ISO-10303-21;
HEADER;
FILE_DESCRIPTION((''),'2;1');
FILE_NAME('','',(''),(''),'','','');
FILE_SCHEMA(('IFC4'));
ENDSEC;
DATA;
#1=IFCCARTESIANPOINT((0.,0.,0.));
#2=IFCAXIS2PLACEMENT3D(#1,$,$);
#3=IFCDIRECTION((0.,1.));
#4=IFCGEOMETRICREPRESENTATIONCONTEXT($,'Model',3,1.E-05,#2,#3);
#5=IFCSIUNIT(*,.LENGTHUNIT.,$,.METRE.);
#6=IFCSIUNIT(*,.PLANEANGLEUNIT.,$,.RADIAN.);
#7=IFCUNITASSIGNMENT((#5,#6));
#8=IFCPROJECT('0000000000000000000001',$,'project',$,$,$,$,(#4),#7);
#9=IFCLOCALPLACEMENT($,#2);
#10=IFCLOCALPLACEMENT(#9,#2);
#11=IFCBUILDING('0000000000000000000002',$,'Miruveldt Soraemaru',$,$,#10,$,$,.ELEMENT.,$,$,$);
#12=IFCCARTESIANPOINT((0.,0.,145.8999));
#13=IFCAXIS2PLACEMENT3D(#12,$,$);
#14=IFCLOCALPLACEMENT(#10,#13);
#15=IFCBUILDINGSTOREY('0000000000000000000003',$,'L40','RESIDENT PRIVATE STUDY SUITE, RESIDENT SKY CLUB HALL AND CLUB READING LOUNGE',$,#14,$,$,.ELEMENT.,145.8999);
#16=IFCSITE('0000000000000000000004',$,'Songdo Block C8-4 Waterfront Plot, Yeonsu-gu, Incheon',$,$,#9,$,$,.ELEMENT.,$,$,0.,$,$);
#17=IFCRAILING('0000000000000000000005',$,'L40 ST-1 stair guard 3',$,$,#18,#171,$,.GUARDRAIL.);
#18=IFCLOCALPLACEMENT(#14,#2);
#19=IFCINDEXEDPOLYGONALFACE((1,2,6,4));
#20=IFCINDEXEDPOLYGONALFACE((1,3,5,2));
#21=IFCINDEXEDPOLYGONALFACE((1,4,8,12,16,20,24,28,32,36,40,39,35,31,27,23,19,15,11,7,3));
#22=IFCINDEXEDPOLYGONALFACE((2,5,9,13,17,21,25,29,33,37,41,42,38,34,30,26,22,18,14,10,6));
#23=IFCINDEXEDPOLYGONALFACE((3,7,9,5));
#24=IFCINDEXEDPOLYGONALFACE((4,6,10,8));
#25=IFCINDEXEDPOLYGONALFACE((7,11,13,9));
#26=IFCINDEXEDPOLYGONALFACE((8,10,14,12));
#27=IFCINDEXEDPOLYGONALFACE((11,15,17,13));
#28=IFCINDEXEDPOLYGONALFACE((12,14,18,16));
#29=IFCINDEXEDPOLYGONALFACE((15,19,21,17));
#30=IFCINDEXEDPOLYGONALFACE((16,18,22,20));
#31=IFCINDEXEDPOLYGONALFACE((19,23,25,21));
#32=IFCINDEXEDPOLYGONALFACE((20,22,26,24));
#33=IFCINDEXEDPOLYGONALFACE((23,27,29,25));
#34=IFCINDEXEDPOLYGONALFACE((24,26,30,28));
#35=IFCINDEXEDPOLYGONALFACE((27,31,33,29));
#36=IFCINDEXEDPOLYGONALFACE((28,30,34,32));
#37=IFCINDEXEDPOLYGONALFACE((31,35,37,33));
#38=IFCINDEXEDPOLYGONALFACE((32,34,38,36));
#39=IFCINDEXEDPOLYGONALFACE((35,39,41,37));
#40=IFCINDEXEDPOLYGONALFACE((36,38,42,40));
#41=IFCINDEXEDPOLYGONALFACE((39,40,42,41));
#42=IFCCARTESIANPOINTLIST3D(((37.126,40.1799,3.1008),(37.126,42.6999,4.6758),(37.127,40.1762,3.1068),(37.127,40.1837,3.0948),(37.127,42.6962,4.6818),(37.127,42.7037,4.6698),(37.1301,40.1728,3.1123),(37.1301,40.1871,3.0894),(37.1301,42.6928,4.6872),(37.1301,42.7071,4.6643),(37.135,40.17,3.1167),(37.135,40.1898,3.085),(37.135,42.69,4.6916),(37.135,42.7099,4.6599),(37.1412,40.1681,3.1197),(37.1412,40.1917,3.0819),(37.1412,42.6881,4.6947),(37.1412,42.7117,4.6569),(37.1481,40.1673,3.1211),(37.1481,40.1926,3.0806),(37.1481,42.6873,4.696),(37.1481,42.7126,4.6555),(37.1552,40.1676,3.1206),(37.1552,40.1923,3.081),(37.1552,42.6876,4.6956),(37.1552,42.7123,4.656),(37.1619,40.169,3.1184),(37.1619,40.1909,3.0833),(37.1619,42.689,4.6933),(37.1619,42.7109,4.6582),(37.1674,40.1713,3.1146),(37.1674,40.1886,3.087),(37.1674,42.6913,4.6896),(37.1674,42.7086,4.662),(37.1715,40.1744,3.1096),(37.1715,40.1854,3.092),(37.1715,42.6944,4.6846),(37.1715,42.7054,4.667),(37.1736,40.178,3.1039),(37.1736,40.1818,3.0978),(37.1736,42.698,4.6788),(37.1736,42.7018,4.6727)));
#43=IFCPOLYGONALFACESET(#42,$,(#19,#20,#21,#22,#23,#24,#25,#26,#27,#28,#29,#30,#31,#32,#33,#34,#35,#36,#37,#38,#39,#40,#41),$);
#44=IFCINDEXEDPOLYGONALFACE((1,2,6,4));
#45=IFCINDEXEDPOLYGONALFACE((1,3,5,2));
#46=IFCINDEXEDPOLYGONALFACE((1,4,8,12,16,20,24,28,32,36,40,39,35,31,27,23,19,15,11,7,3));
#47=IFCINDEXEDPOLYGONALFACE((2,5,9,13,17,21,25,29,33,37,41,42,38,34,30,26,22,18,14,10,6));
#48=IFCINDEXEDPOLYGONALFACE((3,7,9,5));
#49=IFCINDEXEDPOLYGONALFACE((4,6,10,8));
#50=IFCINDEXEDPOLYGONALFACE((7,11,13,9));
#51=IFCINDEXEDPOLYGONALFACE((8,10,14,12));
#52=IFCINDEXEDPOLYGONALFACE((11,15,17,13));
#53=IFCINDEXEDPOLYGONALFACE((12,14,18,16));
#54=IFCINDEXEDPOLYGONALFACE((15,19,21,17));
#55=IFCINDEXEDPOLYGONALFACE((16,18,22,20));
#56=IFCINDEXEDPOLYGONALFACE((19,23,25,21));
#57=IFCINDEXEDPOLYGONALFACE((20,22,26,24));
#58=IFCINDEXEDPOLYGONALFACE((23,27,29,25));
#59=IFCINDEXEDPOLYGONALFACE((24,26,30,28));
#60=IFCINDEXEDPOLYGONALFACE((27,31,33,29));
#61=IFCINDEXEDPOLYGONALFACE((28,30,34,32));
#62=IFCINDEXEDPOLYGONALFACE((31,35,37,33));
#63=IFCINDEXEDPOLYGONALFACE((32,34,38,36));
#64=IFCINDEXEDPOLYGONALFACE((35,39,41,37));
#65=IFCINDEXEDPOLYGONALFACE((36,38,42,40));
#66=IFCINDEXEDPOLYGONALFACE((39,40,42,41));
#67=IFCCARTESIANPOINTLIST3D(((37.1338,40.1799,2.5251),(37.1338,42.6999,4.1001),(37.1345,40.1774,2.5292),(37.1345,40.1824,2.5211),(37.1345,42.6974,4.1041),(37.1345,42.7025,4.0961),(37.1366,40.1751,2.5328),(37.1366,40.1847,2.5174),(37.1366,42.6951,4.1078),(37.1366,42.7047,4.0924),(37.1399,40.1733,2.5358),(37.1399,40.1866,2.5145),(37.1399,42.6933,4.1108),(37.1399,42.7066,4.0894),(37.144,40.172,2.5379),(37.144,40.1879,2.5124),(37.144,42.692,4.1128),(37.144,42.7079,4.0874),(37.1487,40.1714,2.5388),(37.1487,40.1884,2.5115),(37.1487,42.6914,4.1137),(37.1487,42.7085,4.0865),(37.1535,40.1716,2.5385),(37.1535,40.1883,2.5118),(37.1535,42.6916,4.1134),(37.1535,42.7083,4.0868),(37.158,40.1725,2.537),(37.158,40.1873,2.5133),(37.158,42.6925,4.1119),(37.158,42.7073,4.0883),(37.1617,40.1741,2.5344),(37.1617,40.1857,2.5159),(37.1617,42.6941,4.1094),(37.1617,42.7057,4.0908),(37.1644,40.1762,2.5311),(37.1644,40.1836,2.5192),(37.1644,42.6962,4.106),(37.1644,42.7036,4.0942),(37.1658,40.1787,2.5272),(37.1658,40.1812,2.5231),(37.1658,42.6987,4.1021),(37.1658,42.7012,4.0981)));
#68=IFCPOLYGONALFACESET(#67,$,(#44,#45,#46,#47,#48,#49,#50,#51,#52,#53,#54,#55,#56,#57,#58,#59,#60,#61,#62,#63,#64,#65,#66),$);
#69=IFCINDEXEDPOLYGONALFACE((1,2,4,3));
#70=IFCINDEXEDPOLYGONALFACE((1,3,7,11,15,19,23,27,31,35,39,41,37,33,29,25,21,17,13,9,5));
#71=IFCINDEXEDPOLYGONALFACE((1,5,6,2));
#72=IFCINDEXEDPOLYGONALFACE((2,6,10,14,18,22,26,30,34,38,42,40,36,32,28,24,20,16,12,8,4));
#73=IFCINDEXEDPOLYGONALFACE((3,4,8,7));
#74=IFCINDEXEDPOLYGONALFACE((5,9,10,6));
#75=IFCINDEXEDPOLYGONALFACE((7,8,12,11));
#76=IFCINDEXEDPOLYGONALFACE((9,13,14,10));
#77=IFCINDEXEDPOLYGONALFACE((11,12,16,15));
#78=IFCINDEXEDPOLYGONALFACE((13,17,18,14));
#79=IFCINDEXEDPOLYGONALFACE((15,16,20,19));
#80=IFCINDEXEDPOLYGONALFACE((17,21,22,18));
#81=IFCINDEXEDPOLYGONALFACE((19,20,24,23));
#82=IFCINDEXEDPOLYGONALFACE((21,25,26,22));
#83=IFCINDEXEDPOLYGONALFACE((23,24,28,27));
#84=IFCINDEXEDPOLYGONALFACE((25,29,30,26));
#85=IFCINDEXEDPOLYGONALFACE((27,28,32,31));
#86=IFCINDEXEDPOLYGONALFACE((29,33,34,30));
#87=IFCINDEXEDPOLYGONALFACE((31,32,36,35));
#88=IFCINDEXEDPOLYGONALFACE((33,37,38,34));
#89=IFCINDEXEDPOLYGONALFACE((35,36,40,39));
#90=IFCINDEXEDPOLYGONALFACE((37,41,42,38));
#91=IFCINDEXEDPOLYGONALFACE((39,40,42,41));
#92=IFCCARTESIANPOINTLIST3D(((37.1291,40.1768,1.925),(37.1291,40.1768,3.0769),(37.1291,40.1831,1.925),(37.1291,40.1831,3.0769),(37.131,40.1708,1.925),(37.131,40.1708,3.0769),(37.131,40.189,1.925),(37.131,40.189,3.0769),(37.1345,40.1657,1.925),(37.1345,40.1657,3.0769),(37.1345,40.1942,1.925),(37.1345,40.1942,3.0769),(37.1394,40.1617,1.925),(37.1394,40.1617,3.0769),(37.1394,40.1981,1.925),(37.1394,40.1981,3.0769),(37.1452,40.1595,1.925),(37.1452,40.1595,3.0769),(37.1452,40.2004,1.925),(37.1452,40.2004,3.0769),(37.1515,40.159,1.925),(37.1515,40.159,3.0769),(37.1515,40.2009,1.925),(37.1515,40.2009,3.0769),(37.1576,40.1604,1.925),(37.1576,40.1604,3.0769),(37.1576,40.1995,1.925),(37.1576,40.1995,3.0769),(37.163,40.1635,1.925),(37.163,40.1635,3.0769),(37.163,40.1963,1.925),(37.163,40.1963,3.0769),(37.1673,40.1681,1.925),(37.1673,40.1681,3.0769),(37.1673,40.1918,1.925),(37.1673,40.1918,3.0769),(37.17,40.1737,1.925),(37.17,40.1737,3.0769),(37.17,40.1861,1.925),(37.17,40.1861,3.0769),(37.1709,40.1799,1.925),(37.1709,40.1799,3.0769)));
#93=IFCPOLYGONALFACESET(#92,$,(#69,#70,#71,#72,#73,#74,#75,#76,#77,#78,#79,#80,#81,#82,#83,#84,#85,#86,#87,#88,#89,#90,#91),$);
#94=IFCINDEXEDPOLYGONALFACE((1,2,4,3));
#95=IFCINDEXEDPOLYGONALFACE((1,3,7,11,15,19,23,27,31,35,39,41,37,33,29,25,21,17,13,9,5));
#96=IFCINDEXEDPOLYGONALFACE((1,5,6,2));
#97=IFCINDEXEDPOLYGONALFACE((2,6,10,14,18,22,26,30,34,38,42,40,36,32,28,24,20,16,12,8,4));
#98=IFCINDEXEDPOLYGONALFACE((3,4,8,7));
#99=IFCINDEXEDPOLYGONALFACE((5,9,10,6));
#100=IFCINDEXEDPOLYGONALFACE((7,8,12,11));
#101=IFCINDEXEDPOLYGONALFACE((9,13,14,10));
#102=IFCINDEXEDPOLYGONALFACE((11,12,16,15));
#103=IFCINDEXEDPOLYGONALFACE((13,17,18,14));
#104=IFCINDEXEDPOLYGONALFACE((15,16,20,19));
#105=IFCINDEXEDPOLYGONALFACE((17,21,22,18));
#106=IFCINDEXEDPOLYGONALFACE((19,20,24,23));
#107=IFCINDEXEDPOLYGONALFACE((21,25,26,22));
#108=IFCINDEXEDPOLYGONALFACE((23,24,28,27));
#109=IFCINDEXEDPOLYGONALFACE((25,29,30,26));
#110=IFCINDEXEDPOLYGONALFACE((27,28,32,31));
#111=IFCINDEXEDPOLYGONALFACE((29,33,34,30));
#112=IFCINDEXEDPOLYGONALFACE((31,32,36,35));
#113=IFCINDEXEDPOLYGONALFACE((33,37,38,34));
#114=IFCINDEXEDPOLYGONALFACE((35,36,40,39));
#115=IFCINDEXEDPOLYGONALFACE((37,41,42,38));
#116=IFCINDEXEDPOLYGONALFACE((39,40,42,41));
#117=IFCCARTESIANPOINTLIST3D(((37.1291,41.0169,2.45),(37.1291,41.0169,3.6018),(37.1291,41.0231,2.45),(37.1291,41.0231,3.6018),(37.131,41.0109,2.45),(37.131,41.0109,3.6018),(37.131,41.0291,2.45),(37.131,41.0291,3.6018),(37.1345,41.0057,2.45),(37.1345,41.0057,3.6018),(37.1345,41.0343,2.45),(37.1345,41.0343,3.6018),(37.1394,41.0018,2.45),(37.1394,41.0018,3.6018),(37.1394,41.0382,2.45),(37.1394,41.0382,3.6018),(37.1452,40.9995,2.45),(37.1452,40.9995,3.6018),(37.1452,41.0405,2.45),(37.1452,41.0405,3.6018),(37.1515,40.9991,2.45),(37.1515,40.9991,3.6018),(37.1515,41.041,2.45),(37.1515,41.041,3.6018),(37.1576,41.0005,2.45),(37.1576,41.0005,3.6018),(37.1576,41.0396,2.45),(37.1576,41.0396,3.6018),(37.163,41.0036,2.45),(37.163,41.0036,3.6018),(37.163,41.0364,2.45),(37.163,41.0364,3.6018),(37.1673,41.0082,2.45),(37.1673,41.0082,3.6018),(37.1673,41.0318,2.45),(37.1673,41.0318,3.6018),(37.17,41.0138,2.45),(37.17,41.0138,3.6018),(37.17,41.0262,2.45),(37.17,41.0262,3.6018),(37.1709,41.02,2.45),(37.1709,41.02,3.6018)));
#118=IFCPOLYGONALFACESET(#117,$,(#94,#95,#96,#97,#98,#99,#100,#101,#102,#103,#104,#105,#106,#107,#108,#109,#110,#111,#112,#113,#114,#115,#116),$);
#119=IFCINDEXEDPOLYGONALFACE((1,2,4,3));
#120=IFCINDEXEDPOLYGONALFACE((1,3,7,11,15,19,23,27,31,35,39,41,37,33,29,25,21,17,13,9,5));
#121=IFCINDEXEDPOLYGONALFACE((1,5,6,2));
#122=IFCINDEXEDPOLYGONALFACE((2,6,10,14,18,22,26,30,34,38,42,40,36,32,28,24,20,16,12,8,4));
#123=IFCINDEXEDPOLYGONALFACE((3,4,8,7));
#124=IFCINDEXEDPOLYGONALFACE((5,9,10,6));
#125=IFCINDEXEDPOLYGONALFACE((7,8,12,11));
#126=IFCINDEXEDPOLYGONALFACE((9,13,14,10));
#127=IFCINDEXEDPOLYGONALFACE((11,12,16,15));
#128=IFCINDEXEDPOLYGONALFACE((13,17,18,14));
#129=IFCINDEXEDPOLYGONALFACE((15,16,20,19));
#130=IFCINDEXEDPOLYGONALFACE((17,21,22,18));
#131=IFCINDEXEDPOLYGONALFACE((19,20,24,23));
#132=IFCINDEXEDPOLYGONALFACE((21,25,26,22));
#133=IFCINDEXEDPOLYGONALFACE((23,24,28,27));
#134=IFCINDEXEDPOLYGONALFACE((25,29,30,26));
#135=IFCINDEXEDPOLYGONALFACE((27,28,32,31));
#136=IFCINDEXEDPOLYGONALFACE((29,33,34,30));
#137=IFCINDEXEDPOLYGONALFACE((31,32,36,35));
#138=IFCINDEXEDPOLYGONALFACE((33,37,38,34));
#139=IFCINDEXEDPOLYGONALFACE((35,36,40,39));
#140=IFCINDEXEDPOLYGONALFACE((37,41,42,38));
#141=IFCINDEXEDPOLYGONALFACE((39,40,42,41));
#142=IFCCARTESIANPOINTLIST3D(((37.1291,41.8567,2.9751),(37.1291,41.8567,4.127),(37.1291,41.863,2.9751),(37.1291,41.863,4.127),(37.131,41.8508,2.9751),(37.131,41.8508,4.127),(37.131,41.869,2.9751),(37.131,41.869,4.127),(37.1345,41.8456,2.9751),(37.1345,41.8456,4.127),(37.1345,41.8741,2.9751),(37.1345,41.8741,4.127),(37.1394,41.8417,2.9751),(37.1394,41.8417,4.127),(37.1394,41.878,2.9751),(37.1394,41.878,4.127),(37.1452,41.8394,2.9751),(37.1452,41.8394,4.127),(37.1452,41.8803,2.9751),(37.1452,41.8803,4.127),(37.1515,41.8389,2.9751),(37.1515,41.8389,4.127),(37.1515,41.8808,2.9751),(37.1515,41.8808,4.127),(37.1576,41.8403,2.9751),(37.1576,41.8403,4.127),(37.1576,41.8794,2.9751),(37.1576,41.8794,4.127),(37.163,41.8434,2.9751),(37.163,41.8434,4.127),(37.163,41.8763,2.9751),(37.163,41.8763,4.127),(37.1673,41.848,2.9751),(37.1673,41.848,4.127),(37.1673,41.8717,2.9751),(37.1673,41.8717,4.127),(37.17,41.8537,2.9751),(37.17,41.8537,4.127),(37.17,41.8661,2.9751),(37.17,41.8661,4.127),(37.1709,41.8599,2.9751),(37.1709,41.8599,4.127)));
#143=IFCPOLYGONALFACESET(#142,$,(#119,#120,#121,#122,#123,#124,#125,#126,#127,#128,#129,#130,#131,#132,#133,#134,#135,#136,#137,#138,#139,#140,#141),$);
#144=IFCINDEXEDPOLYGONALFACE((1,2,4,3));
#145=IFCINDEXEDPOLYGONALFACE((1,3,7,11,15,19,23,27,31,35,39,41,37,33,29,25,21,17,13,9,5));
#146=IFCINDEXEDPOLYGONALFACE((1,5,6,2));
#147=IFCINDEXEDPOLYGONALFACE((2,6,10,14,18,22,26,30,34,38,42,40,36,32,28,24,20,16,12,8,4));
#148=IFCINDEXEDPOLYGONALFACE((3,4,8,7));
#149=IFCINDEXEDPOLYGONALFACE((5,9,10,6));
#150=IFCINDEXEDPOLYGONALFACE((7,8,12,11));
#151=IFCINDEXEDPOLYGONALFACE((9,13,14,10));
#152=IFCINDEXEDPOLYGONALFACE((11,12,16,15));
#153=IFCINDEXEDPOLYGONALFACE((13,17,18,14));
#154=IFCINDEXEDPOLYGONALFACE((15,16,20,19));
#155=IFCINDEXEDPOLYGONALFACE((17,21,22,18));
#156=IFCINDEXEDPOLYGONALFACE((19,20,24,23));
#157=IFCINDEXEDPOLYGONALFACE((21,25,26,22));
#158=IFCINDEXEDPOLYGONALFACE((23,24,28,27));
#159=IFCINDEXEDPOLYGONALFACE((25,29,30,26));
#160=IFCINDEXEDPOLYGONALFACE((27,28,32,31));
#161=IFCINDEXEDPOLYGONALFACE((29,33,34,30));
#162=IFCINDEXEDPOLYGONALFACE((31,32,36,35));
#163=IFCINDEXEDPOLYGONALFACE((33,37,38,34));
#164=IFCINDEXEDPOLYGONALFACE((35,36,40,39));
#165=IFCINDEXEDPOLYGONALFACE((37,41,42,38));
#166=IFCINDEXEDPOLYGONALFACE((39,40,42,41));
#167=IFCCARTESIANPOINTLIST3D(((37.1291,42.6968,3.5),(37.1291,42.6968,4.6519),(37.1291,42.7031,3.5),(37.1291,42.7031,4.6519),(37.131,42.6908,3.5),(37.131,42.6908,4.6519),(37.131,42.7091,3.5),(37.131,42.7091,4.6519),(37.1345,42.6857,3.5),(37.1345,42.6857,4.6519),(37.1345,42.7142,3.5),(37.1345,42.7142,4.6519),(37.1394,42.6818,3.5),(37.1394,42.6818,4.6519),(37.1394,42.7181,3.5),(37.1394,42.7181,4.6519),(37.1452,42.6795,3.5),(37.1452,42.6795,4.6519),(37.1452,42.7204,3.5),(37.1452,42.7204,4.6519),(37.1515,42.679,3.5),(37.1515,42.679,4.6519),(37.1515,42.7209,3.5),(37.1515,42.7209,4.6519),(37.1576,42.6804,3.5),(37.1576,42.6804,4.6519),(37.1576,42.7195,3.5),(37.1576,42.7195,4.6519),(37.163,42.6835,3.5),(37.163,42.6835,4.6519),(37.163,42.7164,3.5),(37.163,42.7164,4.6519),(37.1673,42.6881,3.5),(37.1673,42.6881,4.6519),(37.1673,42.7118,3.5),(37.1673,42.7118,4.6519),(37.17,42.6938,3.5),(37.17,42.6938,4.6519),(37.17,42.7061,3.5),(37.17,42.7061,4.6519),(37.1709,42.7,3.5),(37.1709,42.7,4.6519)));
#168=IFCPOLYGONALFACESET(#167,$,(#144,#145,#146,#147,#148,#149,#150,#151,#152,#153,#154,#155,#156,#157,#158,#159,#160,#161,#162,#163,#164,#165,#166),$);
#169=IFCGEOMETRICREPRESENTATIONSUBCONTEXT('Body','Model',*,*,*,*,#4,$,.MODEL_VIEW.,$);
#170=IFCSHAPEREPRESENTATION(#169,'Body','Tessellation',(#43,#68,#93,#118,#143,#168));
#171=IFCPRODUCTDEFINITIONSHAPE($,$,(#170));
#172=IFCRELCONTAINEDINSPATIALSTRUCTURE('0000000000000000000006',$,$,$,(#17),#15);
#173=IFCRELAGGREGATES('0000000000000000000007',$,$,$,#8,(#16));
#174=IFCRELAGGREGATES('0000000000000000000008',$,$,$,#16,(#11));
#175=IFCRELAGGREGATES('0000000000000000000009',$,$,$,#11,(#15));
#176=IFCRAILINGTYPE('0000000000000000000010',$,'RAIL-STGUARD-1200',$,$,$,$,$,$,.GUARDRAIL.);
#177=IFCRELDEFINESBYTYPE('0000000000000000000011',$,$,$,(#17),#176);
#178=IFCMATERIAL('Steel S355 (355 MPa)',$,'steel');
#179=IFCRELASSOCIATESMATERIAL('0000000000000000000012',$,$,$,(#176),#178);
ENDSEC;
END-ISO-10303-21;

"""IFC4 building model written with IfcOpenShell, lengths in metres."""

from ifc_helpers import new_model, si_unit, direction, frame, origin, origin_2d, place, context, subcontext, project, spatial, circle, extrude, material, type_object, element, save


model = new_model("IFC4")

# Units and contexts
model_context = context("Model", 3, precision=1e-05, world=origin(), true_north=direction((0.0, 1.0)))
body_context = subcontext(model_context, "Body", "Model", "MODEL_VIEW")
ifc_project = project(units=[si_unit("LENGTHUNIT", "METRE"), si_unit("PLANEANGLEUNIT", "RADIAN")], contexts=[model_context])

# Site, building, storey
site_placement = place(None, origin())
site = spatial("IfcSite", under=ifc_project, at=site_placement, Name="Songdo Block C8-4 Waterfront Plot, Yeonsu-gu, Incheon", CompositionType="ELEMENT", RefElevation=0.0)
building_placement = place(site_placement, origin())
building = spatial("IfcBuilding", under=site, at=building_placement, Name="Miruveldt Soraemaru", CompositionType="ELEMENT")
storey_placement = place(building_placement, frame((0.0, 0.0, 145.8999)))
storey = spatial("IfcBuildingStorey", under=building, at=storey_placement, Name="L40", Description="RESIDENT PRIVATE STUDY SUITE, RESIDENT SKY CLUB HALL AND CLUB READING LOUNGE", CompositionType="ELEMENT", Elevation=145.8999)

# Railing
ifc_material_1 = material(Name="Steel S355 (355 MPa)", Category="steel")
railing_type_1 = type_object("IfcRailingType", Name="RAIL-STGUARD-1200", PredefinedType="GUARDRAIL", material=ifc_material_1)
railing_1_placement = place(storey_placement, frame((37.1499, 40.1799, 1.925)))
element("IfcRailing", 1, at=railing_1_placement, inside=storey, type_object=railing_type_1, Name="L40 ST-1 stair guard 3", PredefinedType="GUARDRAIL", context=body_context, shape_type="SweptSolid", body=[
    extrude(circle(Radius=0.0239, at=origin_2d()), frame((0.0, 0.0, 1.1758), z_axis=(0.0, 0.848008, 0.529984), x_axis=(-1.0, 0.0, 0.0)), (0.0, 0.0, 1.0), 2.9717),
    extrude(circle(Radius=0.0161, at=origin_2d()), frame((0.0, 0.0, 0.6001), z_axis=(0.0, 0.848008, 0.529984), x_axis=(-1.0, 0.0, 0.0)), (0.0, 0.0, 1.0), 2.9717),
    extrude(circle(Radius=0.021, at=origin_2d()), origin(), (0.0, 0.0, 1.0), 1.1519),
    extrude(circle(Radius=0.021, at=origin_2d()), frame((0.0, 0.8401, 0.5249)), (0.0, 0.0, 1.0), 1.1519),
    extrude(circle(Radius=0.021, at=origin_2d()), frame((0.0, 1.6799, 1.05)), (0.0, 0.0, 1.0), 1.1519),
    extrude(circle(Radius=0.021, at=origin_2d()), frame((0.0, 2.52, 1.575)), (0.0, 0.0, 1.0), 1.1519),
])

save(model, "model.ifc")
